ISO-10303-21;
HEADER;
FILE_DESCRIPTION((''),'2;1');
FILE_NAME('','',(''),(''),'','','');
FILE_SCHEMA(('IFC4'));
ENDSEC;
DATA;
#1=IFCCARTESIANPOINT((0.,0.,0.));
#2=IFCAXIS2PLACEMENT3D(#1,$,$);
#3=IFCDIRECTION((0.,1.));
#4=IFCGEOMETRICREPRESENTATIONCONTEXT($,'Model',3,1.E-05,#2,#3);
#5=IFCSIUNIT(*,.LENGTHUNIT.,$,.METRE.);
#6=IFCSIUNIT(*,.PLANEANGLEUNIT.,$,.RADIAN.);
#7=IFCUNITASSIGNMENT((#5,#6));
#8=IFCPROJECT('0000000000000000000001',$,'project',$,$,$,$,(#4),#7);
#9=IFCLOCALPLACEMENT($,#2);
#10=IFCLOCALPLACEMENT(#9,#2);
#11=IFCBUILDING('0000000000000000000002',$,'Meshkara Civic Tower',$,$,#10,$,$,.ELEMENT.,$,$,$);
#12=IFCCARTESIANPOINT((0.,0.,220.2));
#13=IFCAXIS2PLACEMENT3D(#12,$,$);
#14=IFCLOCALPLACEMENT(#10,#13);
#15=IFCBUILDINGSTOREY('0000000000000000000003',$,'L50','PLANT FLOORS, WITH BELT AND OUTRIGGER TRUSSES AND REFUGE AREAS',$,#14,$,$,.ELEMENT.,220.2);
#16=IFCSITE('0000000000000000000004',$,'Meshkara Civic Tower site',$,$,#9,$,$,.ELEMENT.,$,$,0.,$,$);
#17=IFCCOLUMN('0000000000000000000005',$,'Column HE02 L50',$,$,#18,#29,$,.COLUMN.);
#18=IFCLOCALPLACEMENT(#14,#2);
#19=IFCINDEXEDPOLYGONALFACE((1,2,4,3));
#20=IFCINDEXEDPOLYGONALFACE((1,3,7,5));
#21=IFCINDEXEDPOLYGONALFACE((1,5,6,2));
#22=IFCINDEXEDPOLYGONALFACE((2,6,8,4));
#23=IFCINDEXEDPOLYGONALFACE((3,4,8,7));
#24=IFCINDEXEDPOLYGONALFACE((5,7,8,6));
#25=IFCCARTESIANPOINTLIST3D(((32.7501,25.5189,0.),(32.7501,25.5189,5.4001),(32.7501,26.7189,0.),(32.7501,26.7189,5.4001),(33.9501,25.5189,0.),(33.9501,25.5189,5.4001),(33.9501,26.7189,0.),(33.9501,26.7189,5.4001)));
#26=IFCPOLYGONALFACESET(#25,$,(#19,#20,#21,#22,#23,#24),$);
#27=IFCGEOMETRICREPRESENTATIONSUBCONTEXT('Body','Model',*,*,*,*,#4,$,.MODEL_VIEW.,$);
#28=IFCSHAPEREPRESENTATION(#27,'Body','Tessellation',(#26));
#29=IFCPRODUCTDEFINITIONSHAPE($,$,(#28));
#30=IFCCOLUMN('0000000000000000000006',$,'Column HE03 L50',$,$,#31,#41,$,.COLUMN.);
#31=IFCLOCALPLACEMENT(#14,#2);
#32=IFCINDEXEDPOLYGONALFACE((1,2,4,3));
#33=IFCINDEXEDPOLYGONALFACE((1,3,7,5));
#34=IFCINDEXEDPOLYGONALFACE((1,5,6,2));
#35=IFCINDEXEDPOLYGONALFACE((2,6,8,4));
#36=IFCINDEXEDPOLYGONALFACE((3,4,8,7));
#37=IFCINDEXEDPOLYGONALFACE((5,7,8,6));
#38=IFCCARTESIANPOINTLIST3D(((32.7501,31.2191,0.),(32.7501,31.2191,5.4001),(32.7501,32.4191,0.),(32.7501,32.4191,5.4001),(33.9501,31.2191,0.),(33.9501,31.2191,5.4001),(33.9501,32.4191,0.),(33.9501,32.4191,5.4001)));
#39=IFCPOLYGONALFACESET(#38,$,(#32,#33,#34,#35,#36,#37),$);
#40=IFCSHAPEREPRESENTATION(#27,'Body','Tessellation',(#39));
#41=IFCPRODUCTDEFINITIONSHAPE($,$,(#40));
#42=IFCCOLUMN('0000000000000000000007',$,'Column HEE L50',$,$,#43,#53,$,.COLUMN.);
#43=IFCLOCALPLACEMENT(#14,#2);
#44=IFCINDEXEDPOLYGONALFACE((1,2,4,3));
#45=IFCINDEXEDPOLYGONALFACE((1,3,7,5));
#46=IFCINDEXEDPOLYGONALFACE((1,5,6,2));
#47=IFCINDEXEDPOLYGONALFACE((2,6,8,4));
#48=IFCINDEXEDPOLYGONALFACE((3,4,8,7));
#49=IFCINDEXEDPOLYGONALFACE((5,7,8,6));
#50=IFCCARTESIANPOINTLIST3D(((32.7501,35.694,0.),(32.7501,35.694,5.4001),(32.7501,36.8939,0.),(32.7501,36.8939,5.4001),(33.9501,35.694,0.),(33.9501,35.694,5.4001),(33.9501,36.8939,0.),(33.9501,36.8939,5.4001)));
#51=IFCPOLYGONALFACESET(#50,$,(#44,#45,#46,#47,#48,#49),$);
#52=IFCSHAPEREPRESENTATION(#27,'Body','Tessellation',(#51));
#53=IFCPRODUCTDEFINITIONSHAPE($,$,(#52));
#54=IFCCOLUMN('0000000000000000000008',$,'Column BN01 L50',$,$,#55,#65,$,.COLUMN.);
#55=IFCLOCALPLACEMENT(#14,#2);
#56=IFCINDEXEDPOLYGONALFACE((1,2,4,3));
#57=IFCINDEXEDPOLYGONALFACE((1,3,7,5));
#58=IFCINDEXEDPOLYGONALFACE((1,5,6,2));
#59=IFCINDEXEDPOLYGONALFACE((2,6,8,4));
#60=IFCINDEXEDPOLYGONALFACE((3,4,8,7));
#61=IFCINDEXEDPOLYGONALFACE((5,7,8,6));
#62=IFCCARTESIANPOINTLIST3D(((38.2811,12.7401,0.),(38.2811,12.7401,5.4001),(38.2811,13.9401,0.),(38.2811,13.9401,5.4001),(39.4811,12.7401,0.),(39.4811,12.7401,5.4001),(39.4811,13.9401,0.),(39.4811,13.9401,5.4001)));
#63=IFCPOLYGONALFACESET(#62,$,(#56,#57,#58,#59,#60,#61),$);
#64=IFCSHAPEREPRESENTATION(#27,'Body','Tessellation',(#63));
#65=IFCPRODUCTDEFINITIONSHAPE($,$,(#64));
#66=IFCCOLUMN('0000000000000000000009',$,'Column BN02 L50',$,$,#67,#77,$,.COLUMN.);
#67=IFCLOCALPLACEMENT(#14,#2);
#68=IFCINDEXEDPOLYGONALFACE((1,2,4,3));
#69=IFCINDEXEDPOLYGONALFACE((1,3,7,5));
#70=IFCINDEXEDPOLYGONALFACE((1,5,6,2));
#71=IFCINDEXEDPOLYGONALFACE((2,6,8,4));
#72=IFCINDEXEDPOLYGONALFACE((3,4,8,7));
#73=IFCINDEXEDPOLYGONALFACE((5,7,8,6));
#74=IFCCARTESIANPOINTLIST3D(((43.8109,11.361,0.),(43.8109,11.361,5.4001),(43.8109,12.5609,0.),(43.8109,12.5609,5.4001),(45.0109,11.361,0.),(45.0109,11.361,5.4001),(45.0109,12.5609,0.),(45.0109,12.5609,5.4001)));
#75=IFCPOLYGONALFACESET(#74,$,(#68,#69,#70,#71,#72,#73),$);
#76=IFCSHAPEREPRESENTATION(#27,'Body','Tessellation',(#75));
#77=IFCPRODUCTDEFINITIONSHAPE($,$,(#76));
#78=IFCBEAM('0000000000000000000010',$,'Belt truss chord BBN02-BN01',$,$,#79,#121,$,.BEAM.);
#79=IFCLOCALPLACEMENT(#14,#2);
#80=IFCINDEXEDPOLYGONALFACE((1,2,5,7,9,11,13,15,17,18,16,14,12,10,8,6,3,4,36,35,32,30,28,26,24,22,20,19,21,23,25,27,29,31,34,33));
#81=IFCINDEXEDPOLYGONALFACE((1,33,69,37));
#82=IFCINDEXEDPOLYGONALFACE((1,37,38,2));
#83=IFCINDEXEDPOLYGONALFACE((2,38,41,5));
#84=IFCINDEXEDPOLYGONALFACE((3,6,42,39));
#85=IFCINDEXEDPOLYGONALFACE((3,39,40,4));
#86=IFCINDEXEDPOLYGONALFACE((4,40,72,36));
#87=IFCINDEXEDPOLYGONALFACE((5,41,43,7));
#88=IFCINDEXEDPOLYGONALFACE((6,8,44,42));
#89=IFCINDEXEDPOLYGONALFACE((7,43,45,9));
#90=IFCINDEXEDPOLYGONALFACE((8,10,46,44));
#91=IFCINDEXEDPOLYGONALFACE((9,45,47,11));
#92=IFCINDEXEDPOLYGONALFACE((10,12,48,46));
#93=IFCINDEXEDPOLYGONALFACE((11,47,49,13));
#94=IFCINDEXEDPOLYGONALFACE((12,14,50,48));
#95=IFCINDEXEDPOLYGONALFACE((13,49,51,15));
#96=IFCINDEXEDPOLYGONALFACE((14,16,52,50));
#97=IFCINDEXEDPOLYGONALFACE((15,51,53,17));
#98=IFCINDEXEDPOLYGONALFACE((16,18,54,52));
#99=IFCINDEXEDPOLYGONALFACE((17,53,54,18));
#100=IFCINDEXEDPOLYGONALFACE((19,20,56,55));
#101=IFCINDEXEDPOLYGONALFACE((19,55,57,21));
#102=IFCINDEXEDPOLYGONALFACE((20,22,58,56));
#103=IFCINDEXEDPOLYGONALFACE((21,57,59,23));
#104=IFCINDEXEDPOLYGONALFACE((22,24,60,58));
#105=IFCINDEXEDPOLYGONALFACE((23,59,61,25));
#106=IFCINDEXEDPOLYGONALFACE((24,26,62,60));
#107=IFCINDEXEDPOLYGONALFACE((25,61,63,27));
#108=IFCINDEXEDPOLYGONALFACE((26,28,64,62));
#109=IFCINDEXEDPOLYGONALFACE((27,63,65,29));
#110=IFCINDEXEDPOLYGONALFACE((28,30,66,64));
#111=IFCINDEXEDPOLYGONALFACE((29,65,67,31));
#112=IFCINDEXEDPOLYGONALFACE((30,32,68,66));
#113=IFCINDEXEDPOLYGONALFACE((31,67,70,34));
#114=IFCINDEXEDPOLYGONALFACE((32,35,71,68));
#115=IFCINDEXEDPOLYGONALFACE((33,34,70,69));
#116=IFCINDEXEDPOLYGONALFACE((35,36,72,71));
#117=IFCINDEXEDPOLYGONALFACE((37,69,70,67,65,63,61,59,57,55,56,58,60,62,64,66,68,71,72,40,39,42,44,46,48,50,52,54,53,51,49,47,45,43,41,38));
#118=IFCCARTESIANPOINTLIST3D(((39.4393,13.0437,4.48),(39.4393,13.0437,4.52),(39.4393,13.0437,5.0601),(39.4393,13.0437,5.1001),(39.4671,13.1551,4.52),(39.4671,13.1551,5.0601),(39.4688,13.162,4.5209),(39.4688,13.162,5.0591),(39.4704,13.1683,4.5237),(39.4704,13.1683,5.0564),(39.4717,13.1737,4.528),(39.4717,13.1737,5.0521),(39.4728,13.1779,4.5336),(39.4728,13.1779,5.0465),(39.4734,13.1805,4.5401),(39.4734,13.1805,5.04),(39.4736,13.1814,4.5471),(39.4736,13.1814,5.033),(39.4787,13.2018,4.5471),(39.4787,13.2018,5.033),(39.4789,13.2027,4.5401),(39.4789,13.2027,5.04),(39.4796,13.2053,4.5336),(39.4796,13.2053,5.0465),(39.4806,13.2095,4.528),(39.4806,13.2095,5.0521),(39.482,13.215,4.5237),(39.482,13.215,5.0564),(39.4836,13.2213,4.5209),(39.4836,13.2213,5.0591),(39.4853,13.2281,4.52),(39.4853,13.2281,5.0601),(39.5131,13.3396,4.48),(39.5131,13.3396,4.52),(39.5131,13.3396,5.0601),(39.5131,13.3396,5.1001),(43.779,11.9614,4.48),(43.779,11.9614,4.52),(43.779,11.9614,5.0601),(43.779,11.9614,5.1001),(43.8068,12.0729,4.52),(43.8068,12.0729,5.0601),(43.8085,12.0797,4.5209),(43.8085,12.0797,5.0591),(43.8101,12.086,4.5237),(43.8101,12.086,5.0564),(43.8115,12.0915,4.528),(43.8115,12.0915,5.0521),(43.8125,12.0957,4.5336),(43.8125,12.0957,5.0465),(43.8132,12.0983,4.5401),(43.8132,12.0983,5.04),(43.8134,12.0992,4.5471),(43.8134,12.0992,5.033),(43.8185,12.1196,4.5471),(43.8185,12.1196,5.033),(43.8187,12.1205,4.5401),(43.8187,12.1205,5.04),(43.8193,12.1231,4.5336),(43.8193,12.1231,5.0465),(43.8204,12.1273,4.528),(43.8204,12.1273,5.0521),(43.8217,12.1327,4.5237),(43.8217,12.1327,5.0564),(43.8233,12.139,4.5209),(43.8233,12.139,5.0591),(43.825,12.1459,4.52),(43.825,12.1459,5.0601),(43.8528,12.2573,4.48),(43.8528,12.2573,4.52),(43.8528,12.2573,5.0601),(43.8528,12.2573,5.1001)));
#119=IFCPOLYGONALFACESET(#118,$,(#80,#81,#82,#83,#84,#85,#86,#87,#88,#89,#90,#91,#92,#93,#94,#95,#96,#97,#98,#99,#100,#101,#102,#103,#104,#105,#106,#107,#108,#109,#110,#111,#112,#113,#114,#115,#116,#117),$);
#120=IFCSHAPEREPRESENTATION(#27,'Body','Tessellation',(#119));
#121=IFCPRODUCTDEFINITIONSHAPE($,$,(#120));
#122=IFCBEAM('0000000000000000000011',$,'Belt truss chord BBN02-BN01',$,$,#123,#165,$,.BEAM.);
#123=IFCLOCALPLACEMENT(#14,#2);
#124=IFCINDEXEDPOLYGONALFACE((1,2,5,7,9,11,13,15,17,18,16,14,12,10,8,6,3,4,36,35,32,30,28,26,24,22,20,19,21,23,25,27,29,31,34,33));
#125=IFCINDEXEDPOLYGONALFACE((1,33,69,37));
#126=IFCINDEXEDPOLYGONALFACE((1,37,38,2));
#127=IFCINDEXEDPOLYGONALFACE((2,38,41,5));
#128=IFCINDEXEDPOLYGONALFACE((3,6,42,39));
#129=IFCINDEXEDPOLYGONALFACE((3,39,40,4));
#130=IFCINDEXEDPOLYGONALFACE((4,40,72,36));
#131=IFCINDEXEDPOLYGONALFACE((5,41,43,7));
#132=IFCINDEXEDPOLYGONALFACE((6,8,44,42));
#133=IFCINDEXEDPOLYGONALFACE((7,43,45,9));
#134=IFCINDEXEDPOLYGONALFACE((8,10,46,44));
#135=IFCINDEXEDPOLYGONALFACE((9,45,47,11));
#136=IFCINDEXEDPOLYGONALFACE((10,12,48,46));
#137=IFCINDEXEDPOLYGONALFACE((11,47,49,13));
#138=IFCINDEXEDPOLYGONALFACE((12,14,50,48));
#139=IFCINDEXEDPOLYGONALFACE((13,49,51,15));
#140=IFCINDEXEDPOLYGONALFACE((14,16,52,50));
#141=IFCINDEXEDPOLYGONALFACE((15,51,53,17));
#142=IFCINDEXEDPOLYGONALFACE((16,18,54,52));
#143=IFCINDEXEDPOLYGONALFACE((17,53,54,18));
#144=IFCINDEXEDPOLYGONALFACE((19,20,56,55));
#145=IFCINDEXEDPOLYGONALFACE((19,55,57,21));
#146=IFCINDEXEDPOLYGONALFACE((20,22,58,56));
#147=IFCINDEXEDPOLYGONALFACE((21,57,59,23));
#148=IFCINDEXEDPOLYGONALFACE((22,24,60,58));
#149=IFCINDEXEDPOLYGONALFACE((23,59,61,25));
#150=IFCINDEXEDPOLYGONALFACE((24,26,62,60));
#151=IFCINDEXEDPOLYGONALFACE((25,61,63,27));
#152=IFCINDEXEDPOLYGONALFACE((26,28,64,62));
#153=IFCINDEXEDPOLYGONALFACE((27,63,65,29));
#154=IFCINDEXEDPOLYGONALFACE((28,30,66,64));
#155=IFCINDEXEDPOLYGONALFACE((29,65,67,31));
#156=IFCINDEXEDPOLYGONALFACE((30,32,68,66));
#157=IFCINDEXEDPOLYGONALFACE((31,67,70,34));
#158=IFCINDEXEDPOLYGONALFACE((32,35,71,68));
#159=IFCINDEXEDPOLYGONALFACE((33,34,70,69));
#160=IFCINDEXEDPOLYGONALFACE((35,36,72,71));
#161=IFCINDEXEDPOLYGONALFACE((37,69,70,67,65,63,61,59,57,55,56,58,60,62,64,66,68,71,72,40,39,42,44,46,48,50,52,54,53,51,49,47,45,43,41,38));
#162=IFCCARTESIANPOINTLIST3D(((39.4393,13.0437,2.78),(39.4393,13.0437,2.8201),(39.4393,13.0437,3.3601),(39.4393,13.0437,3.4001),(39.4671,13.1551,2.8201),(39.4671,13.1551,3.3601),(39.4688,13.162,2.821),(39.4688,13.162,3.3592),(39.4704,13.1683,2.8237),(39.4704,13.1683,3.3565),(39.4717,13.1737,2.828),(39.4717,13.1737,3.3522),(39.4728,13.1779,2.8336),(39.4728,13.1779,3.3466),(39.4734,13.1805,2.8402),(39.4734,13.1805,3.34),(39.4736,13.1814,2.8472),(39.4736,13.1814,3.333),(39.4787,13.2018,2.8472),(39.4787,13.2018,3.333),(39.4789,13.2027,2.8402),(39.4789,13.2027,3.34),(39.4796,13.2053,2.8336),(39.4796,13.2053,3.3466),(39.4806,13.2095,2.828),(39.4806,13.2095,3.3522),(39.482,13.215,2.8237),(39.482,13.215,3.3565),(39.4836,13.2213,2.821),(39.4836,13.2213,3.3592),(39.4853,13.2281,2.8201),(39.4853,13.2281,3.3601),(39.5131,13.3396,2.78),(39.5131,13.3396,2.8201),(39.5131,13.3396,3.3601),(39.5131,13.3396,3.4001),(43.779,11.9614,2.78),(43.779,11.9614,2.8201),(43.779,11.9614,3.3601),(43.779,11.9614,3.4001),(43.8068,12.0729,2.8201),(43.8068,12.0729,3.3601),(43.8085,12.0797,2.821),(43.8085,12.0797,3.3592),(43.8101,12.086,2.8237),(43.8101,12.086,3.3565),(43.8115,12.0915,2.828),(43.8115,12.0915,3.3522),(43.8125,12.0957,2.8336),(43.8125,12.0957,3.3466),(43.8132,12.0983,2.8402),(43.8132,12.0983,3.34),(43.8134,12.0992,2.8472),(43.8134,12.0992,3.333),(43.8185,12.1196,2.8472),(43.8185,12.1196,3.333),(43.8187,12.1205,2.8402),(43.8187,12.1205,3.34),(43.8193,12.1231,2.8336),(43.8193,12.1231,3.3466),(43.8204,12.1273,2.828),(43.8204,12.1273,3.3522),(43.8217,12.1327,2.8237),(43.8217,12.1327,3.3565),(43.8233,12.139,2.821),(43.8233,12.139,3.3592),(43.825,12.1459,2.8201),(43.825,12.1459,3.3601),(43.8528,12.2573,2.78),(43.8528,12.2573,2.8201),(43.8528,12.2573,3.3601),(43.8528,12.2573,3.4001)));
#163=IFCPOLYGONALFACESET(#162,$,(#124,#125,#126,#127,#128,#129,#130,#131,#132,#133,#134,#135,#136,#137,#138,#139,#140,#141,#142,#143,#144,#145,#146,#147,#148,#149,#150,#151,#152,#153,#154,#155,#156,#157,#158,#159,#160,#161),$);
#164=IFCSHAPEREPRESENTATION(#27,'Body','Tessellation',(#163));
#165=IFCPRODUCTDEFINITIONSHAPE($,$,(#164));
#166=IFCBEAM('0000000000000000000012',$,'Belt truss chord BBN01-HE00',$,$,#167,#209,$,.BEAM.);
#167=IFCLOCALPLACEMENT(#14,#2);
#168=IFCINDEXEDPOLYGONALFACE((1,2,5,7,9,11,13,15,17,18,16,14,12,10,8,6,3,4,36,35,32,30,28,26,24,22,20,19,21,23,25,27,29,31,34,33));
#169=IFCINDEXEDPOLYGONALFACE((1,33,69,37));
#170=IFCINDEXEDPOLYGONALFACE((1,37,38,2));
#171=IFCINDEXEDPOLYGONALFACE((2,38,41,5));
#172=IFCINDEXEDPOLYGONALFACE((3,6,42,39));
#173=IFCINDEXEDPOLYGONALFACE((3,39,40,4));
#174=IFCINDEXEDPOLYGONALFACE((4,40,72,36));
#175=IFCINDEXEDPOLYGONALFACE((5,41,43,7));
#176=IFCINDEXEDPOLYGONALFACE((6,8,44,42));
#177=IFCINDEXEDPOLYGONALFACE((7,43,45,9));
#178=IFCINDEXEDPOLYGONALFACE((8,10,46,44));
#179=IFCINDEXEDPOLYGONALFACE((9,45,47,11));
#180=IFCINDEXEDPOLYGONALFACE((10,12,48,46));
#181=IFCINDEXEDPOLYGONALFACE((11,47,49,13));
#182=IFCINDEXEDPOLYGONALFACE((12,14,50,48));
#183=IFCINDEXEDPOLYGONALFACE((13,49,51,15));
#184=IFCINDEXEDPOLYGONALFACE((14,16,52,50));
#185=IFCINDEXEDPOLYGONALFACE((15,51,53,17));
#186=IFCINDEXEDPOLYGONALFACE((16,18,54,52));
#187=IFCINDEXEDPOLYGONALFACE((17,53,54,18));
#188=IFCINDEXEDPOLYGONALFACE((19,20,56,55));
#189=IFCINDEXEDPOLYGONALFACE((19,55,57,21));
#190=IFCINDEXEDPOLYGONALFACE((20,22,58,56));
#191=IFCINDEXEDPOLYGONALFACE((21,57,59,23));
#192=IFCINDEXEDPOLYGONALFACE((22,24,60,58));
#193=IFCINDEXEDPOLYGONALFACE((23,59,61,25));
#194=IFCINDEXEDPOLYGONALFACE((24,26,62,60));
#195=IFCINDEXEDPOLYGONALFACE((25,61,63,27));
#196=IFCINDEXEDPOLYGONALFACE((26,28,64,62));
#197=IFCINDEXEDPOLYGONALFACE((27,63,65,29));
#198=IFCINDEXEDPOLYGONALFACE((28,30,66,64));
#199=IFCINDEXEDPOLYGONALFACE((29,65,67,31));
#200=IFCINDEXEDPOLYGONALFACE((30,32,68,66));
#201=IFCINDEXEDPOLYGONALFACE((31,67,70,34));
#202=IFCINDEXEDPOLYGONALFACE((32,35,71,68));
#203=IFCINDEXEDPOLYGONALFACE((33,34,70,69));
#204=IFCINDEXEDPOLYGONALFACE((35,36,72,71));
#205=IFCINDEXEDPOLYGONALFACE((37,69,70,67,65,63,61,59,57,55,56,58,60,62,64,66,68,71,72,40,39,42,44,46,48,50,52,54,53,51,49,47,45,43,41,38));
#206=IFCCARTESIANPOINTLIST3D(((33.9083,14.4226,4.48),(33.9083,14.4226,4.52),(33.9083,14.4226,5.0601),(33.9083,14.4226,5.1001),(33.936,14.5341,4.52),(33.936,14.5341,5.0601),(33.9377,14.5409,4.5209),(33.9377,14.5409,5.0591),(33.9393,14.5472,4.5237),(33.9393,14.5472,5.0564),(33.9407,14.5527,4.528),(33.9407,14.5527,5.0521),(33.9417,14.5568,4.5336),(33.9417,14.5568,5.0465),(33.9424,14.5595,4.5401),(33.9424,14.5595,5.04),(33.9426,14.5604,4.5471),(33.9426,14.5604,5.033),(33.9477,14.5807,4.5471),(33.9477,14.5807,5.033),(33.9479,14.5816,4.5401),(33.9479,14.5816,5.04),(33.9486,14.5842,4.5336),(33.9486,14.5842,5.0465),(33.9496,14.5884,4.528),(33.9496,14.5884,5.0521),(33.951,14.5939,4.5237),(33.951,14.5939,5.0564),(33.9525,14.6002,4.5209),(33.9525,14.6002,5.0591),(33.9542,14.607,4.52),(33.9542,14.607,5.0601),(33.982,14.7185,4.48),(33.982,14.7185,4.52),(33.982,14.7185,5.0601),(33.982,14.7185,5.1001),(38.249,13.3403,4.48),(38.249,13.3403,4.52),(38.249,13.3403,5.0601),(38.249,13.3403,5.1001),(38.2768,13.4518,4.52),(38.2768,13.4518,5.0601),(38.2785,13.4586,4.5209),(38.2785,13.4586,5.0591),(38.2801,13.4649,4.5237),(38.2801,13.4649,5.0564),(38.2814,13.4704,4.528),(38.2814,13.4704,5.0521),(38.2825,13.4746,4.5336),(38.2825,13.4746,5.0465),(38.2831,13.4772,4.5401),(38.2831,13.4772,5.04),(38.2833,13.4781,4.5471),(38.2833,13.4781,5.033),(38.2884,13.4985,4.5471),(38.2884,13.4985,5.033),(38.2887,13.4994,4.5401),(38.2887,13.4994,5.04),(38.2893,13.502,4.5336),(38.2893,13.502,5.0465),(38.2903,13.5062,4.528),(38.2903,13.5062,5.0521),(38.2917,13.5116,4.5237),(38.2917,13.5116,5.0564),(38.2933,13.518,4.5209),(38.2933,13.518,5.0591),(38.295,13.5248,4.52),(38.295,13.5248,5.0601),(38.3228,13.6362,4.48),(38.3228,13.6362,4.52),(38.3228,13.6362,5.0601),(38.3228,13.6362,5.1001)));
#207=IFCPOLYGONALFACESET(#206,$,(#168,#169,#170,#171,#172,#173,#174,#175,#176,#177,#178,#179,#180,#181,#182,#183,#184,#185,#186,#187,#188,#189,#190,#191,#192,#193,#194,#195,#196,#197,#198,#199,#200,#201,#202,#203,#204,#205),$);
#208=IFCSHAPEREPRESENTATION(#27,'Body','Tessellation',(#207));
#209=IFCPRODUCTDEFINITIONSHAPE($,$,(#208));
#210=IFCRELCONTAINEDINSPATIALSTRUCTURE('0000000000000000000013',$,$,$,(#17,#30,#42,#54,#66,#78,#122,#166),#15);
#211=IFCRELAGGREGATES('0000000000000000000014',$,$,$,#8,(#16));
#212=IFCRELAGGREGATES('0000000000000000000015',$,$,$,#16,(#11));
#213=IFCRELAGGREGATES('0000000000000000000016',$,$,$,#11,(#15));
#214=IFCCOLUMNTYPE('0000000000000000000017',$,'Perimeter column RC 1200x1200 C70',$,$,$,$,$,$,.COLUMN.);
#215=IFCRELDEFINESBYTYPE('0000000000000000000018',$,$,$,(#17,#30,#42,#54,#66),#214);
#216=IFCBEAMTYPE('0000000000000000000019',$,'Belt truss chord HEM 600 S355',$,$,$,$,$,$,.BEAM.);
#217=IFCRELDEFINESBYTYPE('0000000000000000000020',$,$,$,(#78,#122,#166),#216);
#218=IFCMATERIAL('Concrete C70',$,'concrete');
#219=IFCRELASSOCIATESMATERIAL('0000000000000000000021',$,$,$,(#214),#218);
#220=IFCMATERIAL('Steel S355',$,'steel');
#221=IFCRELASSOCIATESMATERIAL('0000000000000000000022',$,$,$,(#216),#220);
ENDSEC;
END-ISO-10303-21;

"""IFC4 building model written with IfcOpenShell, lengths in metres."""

from ifc_helpers import new_model, si_unit, direction, frame, origin, origin_2d, place, context, subcontext, project, spatial, rectangle, i_section, extrude, material, material_profile, profile_set, type_object, element, save


model = new_model("IFC4")

# Units and contexts
model_context = context("Model", 3, precision=1e-05, world=origin(), true_north=direction((0.0, 1.0)))
body_context = subcontext(model_context, "Body", "Model", "MODEL_VIEW")
ifc_project = project(units=[si_unit("LENGTHUNIT", "METRE"), si_unit("PLANEANGLEUNIT", "RADIAN")], contexts=[model_context])

# Site, building, storey
site_placement = place(None, origin())
site = spatial("IfcSite", under=ifc_project, at=site_placement, Name="Meshkara Civic Tower site", CompositionType="ELEMENT", RefElevation=0.0)
building_placement = place(site_placement, origin())
building = spatial("IfcBuilding", under=site, at=building_placement, Name="Meshkara Civic Tower", CompositionType="ELEMENT")
storey_placement = place(building_placement, frame((0.0, 0.0, 220.2)))
storey = spatial("IfcBuildingStorey", under=building, at=storey_placement, Name="L50", Description="PLANT FLOORS, WITH BELT AND OUTRIGGER TRUSSES AND REFUGE AREAS", CompositionType="ELEMENT", Elevation=220.2)

# Columns
ifc_material_1 = material(Name="Concrete C70", Category="concrete")
ifc_material_profile_1 = material_profile(ifc_material_1, rectangle(XDim=1.2, YDim=1.2, at=origin_2d()))
ifc_profile_set_1 = profile_set([ifc_material_profile_1], Name="Concrete C70")
column_type = type_object("IfcColumnType", Name="Perimeter column RC 1200x1200 C70", PredefinedType="COLUMN", material=ifc_profile_set_1)
for number, where, z_axis, x_axis, name in (
    (1, (33.3501, 26.1189, 0.0), (0.0, 0.0, 1.0), (1.0, 0.0, 0.0), "Column HE02 L50"),
    (2, (33.3501, 31.8191, 0.0), (0.0, 0.0, 1.0), (1.0, 0.0, 0.0), "Column HE03 L50"),
    (3, (33.3501, 36.2939, 0.0), (0.0, 0.0, 1.0), (1.0, 0.0, 0.0), "Column HEE L50"),
    (4, (38.8811, 13.3401, 0.0), (0.0, 0.0, 1.0), (1.0, 0.0, 0.0), "Column BN01 L50"),
    (5, (44.4109, 11.9609, 0.0), (0.0, 0.0, 1.0), (1.0, 0.0, 0.0), "Column BN02 L50"),
):
    element("IfcColumn", number, at=place(storey_placement, frame(where, z_axis=z_axis, x_axis=x_axis)), inside=storey, type_object=column_type, Name=name, PredefinedType="COLUMN", context=body_context, shape_type="SweptSolid", body=[
        extrude(rectangle(XDim=1.2, YDim=1.2, at=origin_2d()), origin(), (0.0, 0.0, 1.0), 5.4001),
    ])

# Beams
ifc_material_2 = material(Name="Steel S355", Category="steel")
ifc_material_profile_2 = material_profile(ifc_material_2, i_section(OverallWidth=0.3049, OverallDepth=0.6201, WebThickness=0.021, FlangeThickness=0.04, FilletRadius=0.0271, at=origin_2d()))
ifc_profile_set_2 = profile_set([ifc_material_profile_2], Name="Steel S355")
beam_type = type_object("IfcBeamType", Name="Belt truss chord HEM 600 S355", PredefinedType="BEAM", material=ifc_profile_set_2)
for number, where, z_axis, x_axis, name in (
    (6, (43.8159, 12.1094, 4.79), (-0.970284, 0.24197, 0.0), (-0.24197, -0.970284, 0.0), "Belt truss chord BBN02-BN01"),
    (7, (43.8159, 12.1094, 3.0901), (-0.970284, 0.24197, 0.0), (-0.24197, -0.970284, 0.0), "Belt truss chord BBN02-BN01"),
):
    element("IfcBeam", number, at=place(storey_placement, frame(where, z_axis=z_axis, x_axis=x_axis)), inside=storey, type_object=beam_type, Name=name, PredefinedType="BEAM", context=body_context, shape_type="SweptSolid", body=[
        extrude(i_section(OverallWidth=0.3049, OverallDepth=0.6201, WebThickness=0.021, FlangeThickness=0.04, FilletRadius=0.0271, at=origin_2d()), origin(), (0.0, 0.0, 1.0), 4.4727),
    ])
for number, where, z_axis, x_axis, name in (
    (8, (38.2859, 13.4883, 4.79), (-0.970296, 0.241919, 0.0), (-0.241919, -0.970296, 0.0), "Belt truss chord BBN01-HE00"),
):
    element("IfcBeam", number, at=place(storey_placement, frame(where, z_axis=z_axis, x_axis=x_axis)), inside=storey, type_object=beam_type, Name=name, PredefinedType="BEAM", context=body_context, shape_type="SweptSolid", body=[
        extrude(i_section(OverallWidth=0.3049, OverallDepth=0.6201, WebThickness=0.021, FlangeThickness=0.04, FilletRadius=0.0271, at=origin_2d()), origin(), (0.0, 0.0, 1.0), 4.4736),
    ])

save(model, "model.ifc")
